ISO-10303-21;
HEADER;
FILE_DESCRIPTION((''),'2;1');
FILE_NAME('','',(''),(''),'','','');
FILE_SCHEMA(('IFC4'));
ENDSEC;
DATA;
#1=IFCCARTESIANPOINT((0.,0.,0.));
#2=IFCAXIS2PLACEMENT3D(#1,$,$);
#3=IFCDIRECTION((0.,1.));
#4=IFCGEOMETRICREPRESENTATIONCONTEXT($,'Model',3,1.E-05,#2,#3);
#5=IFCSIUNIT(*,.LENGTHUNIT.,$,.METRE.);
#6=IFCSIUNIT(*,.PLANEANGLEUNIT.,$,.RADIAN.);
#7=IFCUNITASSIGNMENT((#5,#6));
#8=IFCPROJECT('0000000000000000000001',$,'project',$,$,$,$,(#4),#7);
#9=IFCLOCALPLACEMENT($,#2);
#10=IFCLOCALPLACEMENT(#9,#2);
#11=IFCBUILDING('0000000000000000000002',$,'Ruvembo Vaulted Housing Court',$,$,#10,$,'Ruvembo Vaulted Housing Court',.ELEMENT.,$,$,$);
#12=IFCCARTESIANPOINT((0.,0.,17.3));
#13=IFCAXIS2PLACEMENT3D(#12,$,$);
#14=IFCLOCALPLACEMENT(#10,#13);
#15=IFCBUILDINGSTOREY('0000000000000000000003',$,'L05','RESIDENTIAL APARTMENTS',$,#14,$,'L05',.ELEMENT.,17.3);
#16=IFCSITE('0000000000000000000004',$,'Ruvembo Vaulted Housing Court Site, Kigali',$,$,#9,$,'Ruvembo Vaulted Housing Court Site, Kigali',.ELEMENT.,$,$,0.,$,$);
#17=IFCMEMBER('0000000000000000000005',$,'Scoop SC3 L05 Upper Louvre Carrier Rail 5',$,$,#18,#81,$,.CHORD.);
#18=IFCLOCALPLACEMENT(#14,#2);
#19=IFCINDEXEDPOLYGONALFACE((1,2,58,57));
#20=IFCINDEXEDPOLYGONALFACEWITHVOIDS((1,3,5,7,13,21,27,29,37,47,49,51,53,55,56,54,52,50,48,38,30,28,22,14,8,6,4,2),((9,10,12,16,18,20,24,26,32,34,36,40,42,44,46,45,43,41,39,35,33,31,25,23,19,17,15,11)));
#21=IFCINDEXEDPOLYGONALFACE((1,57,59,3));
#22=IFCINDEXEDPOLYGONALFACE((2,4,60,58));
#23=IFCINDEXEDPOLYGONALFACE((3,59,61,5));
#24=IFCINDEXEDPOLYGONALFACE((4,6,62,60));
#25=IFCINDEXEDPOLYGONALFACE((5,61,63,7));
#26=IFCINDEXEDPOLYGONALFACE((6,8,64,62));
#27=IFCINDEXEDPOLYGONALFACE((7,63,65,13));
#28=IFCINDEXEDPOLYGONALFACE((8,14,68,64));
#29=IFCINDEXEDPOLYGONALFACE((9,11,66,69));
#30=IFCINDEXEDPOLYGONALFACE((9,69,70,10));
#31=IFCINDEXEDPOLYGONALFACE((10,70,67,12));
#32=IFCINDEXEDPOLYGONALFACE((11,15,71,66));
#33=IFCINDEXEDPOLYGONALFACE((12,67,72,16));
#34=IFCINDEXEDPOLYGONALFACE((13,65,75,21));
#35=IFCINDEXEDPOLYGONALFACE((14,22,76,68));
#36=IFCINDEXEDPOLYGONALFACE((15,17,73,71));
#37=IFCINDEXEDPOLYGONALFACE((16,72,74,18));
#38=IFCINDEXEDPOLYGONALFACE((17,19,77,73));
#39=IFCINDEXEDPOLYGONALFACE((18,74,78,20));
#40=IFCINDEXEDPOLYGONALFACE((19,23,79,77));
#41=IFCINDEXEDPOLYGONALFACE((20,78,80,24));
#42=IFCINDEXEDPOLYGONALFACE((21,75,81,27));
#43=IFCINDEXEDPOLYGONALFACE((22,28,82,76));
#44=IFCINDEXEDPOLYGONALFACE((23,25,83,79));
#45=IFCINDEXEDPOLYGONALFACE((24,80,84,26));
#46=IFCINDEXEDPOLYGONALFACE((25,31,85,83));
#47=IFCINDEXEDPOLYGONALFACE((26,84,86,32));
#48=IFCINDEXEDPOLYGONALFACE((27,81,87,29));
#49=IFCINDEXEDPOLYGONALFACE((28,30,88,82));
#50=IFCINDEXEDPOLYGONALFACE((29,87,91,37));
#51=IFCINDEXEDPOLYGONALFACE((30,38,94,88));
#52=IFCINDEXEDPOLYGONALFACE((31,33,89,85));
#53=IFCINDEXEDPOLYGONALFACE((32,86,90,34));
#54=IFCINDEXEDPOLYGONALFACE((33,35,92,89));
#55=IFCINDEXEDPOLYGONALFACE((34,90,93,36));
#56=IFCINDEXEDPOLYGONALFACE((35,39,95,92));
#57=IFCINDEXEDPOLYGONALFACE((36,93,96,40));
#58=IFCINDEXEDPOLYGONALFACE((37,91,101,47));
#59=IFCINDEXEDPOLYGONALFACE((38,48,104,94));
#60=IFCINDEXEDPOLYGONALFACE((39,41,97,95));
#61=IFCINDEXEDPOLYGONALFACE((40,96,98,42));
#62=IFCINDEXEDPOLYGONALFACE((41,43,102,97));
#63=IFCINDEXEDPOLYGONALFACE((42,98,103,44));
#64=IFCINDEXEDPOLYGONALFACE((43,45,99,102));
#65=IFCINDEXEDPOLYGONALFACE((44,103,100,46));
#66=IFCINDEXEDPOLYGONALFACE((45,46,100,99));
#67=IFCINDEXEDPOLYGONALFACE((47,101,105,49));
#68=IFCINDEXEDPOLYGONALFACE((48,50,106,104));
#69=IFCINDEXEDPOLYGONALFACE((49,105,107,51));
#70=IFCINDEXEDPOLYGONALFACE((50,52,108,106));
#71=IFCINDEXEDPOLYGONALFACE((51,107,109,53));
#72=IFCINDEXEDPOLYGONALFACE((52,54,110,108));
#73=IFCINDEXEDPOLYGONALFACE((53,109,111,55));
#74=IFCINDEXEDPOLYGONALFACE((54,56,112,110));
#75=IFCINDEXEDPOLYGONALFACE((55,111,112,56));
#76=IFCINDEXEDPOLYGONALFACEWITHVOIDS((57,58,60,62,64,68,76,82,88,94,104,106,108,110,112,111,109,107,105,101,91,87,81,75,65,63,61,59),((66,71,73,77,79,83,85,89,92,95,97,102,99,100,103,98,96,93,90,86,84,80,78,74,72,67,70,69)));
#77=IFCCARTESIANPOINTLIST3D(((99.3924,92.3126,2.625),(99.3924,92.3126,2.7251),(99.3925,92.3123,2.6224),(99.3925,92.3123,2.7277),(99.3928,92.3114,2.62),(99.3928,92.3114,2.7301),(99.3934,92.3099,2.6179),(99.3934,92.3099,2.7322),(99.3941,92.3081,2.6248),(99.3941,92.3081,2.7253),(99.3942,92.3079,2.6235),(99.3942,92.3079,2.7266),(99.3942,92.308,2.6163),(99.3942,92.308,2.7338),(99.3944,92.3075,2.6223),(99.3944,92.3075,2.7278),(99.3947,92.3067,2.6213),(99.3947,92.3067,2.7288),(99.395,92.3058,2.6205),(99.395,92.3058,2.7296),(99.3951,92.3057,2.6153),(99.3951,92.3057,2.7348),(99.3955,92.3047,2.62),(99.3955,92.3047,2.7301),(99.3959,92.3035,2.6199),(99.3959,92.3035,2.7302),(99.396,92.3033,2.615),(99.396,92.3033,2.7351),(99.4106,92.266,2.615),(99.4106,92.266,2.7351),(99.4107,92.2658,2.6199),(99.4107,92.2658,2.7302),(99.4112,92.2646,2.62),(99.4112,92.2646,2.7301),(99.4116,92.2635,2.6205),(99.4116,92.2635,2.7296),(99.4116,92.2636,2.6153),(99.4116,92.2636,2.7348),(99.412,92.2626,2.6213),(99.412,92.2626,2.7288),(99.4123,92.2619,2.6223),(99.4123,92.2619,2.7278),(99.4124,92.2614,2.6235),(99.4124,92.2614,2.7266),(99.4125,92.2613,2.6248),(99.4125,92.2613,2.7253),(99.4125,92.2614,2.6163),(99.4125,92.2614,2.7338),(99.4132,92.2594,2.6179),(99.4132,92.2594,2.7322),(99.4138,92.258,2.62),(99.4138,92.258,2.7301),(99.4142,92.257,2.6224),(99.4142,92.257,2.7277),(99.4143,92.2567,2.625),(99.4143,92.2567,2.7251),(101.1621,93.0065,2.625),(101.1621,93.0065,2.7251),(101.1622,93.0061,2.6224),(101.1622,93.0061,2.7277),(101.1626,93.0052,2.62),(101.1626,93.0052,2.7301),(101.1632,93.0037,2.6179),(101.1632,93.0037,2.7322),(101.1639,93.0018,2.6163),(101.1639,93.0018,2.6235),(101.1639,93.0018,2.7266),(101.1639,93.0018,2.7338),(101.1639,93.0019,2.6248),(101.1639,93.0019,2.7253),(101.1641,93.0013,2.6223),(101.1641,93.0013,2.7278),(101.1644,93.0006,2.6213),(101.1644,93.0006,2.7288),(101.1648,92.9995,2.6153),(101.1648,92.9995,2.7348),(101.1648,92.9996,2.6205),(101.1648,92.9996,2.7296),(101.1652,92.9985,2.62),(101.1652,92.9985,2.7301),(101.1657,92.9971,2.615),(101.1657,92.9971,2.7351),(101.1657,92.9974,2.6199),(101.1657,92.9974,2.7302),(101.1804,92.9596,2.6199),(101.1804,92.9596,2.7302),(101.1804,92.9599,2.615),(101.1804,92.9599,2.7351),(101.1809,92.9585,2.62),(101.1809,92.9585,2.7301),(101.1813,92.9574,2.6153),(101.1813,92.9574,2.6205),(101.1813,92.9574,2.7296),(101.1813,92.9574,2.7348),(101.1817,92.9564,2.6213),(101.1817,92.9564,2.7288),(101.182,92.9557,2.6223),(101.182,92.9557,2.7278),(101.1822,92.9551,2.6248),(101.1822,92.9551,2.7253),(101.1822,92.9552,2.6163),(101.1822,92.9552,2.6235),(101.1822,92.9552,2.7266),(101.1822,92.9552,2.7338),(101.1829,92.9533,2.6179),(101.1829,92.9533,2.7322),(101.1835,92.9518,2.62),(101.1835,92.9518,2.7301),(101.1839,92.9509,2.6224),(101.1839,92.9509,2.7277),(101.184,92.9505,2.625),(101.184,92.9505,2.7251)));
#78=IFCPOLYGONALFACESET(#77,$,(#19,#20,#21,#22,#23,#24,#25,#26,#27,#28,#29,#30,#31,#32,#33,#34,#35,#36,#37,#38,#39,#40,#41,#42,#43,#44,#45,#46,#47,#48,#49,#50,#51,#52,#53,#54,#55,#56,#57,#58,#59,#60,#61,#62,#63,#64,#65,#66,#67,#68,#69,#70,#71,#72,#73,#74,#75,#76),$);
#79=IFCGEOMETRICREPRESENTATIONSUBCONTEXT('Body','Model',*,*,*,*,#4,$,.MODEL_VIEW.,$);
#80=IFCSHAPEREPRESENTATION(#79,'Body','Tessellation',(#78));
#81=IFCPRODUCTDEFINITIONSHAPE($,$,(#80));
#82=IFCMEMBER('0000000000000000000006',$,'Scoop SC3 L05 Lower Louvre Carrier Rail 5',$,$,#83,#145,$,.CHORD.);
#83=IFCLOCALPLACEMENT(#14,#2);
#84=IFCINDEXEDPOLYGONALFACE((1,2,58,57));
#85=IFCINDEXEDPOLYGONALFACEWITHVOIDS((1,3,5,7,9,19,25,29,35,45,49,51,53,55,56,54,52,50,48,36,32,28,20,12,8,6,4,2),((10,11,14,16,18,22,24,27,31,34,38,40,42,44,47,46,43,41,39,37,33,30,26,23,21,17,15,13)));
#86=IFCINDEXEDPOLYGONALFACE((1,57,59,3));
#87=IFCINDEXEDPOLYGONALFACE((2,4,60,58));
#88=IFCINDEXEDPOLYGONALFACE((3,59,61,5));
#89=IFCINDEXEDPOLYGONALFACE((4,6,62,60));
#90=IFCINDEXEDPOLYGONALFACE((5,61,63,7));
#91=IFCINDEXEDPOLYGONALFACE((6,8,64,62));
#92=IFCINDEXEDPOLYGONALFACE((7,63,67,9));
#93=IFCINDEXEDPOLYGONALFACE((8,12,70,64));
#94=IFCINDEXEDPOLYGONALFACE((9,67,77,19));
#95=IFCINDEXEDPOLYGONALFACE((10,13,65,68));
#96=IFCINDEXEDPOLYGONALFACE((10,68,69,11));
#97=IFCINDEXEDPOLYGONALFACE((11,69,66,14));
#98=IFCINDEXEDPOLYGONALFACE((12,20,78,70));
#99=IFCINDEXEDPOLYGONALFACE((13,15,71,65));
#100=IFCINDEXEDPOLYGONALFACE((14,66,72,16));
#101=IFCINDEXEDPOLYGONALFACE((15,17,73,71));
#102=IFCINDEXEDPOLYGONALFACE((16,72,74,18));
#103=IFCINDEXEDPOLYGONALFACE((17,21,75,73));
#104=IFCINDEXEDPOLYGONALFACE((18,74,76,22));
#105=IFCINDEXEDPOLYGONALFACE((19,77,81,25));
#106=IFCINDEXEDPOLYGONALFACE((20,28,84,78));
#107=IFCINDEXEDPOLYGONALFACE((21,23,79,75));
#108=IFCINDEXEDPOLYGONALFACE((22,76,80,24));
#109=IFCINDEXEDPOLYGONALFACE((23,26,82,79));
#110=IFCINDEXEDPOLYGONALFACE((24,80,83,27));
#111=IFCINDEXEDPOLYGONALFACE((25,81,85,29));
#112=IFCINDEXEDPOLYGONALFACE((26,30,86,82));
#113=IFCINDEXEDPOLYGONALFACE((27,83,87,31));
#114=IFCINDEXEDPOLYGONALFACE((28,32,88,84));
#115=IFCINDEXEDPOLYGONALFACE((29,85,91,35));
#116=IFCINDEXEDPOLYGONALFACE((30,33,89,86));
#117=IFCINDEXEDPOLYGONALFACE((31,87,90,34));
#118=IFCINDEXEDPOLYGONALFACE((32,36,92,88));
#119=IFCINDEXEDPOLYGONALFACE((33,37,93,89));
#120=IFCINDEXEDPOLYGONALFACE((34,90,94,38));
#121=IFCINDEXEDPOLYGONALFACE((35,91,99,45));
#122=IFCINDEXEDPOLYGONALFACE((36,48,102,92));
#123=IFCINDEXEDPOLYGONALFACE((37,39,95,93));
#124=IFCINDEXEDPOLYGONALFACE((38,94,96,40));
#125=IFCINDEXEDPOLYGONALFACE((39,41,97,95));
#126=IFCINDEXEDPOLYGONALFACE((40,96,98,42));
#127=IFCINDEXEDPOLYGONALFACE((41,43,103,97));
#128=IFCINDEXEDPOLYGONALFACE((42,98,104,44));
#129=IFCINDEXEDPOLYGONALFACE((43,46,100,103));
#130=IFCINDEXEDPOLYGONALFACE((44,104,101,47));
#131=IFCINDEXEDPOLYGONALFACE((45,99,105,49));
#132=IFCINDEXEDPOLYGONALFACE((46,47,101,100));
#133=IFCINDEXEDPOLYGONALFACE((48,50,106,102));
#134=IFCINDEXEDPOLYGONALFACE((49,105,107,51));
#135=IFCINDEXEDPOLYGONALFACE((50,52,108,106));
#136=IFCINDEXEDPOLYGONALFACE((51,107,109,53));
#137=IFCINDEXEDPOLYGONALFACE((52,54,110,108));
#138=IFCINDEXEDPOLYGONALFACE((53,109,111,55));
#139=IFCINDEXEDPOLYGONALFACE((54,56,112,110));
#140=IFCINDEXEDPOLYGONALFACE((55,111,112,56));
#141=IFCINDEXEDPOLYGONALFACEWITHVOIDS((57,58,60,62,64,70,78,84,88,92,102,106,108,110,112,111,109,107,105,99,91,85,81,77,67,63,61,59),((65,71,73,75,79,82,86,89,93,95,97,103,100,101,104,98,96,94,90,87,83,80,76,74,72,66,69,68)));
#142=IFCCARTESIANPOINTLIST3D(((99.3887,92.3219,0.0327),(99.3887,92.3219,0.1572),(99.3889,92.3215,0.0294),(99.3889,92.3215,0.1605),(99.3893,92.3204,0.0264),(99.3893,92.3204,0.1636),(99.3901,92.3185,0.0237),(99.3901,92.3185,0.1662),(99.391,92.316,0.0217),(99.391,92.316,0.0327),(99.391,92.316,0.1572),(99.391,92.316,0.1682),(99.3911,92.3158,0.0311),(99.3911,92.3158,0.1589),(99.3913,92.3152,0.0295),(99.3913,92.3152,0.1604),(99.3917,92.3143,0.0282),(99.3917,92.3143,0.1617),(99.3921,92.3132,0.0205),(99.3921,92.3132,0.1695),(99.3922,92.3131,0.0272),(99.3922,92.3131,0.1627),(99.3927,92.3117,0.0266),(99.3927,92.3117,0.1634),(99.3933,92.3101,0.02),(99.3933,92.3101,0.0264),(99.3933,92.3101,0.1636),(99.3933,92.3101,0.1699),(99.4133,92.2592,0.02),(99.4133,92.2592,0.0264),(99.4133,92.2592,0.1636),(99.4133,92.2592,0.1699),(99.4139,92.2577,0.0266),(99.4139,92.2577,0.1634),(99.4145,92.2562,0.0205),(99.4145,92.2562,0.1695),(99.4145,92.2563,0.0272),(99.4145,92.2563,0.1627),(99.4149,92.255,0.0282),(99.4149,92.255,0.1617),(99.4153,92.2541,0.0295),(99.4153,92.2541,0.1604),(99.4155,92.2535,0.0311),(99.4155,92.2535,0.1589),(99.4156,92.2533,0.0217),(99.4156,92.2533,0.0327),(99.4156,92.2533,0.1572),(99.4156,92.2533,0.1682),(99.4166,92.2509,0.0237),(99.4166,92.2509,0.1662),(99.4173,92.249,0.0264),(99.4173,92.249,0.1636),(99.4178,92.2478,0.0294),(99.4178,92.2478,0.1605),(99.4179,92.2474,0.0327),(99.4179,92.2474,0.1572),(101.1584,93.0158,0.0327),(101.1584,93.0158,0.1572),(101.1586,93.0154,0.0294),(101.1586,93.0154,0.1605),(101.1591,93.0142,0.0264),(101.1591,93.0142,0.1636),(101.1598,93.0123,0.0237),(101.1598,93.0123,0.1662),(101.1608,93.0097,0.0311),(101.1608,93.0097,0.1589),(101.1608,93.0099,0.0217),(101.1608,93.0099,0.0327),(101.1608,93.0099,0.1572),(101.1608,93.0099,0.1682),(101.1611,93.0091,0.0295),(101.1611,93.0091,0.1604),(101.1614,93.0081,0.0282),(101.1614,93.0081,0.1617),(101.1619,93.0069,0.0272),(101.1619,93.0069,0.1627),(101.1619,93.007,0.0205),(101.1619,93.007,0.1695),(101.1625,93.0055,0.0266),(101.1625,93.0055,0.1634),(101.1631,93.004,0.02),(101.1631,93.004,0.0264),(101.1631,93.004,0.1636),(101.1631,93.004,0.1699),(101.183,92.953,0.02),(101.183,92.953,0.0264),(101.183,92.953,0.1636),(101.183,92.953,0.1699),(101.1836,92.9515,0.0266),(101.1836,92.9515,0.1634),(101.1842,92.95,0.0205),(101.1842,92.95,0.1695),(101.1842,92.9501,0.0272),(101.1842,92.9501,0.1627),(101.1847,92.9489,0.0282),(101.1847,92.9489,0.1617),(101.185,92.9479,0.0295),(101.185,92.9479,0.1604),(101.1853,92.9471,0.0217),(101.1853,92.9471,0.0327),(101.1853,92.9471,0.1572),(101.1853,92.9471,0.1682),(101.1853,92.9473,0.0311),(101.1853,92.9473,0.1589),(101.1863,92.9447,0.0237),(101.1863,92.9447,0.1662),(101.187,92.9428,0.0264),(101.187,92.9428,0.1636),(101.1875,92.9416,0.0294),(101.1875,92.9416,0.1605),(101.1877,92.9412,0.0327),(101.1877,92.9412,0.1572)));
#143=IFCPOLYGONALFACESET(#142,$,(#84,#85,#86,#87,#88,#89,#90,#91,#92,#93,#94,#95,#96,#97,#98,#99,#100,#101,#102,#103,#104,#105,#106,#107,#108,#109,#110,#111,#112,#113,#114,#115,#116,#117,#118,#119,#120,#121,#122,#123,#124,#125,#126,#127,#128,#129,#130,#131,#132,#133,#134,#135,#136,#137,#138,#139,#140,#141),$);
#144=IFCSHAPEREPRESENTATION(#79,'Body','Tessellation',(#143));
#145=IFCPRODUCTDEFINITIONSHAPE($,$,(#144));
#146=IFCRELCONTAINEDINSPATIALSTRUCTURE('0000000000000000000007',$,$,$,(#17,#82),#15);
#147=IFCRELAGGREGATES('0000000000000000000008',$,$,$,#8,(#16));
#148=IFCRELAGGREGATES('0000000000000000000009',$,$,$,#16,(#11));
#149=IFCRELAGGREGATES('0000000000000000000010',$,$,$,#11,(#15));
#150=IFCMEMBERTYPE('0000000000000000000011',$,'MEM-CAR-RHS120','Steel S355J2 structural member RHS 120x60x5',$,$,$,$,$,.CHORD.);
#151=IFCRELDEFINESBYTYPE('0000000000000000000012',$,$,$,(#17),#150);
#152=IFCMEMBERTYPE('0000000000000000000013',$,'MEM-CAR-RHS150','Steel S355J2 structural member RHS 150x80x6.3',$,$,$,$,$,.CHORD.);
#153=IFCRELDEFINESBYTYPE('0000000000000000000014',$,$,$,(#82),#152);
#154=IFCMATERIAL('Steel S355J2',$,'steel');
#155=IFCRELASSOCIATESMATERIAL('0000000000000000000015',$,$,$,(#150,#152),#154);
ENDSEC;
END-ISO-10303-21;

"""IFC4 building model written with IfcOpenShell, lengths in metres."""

from ifc_helpers import new_model, si_unit, direction, frame, origin, origin_2d, place, context, subcontext, project, spatial, hollow_rectangle, extrude, material, material_profile, profile_set, type_object, element, save


model = new_model("IFC4")

# Units and contexts
model_context = context("Model", 3, precision=1e-05, world=origin(), true_north=direction((0.0, 1.0)))
body_context = subcontext(model_context, "Body", "Model", "MODEL_VIEW")
ifc_project = project(units=[si_unit("LENGTHUNIT", "METRE"), si_unit("PLANEANGLEUNIT", "RADIAN")], contexts=[model_context])

# Site, building, storey
site_placement = place(None, origin())
site = spatial("IfcSite", under=ifc_project, at=site_placement, Name="Ruvembo Vaulted Housing Court Site, Kigali", LongName="Ruvembo Vaulted Housing Court Site, Kigali", CompositionType="ELEMENT", RefElevation=0.0)
building_placement = place(site_placement, origin())
building = spatial("IfcBuilding", under=site, at=building_placement, Name="Ruvembo Vaulted Housing Court", LongName="Ruvembo Vaulted Housing Court", CompositionType="ELEMENT")
storey_placement = place(building_placement, frame((0.0, 0.0, 17.3)))
storey = spatial("IfcBuildingStorey", under=building, at=storey_placement, Name="L05", Description="RESIDENTIAL APARTMENTS", LongName="L05", CompositionType="ELEMENT", Elevation=17.3)

# Shared definitions
ifc_material_1 = material(Name="Steel S355J2", Category="steel")

# Members
ifc_material_profile_1 = material_profile(ifc_material_1, hollow_rectangle(XDim=0.0601, YDim=0.1201, WallThickness=0.0049, InnerFilletRadius=0.0049, OuterFilletRadius=0.01, at=origin_2d()), Name="RHS 120x60x5")
ifc_profile_set_1 = profile_set([ifc_material_profile_1], Name="Steel S355J2")
member_type_1 = type_object("IfcMemberType", Name="MEM-CAR-RHS120", Description="Steel S355J2 structural member RHS 120x60x5", PredefinedType="CHORD", material=ifc_profile_set_1)
member_1_placement = place(storey_placement, frame((99.4033, 92.2847, 2.675), z_axis=(0.931006, 0.365005, 0.0), x_axis=(-0.365005, 0.931006, 0.0)))
element("IfcMember", 1, at=member_1_placement, inside=storey, type_object=member_type_1, Name="Scoop SC3 L05 Upper Louvre Carrier Rail 5", PredefinedType="CHORD", context=body_context, shape_type="SweptSolid", body=[
    extrude(hollow_rectangle(XDim=0.0601, YDim=0.1201, WallThickness=0.0049, InnerFilletRadius=0.0049, OuterFilletRadius=0.01, at=origin_2d()), origin(), (0.0, 0.0, 1.0), 1.9009),
])
ifc_material_profile_2 = material_profile(ifc_material_1, hollow_rectangle(XDim=0.0801, YDim=0.1499, WallThickness=0.0063, InnerFilletRadius=0.0063, OuterFilletRadius=0.0127, at=origin_2d()), Name="RHS 150x80x6.3")
ifc_profile_set_2 = profile_set([ifc_material_profile_2], Name="Steel S355J2")
member_type_2 = type_object("IfcMemberType", Name="MEM-CAR-RHS150", Description="Steel S355J2 structural member RHS 150x80x6.3", PredefinedType="CHORD", material=ifc_profile_set_2)
member_2_placement = place(storey_placement, frame((99.4033, 92.2847, 0.095), z_axis=(0.931006, 0.365005, 0.0), x_axis=(-0.365005, 0.931006, 0.0)))
element("IfcMember", 2, at=member_2_placement, inside=storey, type_object=member_type_2, Name="Scoop SC3 L05 Lower Louvre Carrier Rail 5", PredefinedType="CHORD", context=body_context, shape_type="SweptSolid", body=[
    extrude(hollow_rectangle(XDim=0.0801, YDim=0.1499, WallThickness=0.0063, InnerFilletRadius=0.0063, OuterFilletRadius=0.0127, at=origin_2d()), origin(), (0.0, 0.0, 1.0), 1.9009),
])

save(model, "model.ifc")
